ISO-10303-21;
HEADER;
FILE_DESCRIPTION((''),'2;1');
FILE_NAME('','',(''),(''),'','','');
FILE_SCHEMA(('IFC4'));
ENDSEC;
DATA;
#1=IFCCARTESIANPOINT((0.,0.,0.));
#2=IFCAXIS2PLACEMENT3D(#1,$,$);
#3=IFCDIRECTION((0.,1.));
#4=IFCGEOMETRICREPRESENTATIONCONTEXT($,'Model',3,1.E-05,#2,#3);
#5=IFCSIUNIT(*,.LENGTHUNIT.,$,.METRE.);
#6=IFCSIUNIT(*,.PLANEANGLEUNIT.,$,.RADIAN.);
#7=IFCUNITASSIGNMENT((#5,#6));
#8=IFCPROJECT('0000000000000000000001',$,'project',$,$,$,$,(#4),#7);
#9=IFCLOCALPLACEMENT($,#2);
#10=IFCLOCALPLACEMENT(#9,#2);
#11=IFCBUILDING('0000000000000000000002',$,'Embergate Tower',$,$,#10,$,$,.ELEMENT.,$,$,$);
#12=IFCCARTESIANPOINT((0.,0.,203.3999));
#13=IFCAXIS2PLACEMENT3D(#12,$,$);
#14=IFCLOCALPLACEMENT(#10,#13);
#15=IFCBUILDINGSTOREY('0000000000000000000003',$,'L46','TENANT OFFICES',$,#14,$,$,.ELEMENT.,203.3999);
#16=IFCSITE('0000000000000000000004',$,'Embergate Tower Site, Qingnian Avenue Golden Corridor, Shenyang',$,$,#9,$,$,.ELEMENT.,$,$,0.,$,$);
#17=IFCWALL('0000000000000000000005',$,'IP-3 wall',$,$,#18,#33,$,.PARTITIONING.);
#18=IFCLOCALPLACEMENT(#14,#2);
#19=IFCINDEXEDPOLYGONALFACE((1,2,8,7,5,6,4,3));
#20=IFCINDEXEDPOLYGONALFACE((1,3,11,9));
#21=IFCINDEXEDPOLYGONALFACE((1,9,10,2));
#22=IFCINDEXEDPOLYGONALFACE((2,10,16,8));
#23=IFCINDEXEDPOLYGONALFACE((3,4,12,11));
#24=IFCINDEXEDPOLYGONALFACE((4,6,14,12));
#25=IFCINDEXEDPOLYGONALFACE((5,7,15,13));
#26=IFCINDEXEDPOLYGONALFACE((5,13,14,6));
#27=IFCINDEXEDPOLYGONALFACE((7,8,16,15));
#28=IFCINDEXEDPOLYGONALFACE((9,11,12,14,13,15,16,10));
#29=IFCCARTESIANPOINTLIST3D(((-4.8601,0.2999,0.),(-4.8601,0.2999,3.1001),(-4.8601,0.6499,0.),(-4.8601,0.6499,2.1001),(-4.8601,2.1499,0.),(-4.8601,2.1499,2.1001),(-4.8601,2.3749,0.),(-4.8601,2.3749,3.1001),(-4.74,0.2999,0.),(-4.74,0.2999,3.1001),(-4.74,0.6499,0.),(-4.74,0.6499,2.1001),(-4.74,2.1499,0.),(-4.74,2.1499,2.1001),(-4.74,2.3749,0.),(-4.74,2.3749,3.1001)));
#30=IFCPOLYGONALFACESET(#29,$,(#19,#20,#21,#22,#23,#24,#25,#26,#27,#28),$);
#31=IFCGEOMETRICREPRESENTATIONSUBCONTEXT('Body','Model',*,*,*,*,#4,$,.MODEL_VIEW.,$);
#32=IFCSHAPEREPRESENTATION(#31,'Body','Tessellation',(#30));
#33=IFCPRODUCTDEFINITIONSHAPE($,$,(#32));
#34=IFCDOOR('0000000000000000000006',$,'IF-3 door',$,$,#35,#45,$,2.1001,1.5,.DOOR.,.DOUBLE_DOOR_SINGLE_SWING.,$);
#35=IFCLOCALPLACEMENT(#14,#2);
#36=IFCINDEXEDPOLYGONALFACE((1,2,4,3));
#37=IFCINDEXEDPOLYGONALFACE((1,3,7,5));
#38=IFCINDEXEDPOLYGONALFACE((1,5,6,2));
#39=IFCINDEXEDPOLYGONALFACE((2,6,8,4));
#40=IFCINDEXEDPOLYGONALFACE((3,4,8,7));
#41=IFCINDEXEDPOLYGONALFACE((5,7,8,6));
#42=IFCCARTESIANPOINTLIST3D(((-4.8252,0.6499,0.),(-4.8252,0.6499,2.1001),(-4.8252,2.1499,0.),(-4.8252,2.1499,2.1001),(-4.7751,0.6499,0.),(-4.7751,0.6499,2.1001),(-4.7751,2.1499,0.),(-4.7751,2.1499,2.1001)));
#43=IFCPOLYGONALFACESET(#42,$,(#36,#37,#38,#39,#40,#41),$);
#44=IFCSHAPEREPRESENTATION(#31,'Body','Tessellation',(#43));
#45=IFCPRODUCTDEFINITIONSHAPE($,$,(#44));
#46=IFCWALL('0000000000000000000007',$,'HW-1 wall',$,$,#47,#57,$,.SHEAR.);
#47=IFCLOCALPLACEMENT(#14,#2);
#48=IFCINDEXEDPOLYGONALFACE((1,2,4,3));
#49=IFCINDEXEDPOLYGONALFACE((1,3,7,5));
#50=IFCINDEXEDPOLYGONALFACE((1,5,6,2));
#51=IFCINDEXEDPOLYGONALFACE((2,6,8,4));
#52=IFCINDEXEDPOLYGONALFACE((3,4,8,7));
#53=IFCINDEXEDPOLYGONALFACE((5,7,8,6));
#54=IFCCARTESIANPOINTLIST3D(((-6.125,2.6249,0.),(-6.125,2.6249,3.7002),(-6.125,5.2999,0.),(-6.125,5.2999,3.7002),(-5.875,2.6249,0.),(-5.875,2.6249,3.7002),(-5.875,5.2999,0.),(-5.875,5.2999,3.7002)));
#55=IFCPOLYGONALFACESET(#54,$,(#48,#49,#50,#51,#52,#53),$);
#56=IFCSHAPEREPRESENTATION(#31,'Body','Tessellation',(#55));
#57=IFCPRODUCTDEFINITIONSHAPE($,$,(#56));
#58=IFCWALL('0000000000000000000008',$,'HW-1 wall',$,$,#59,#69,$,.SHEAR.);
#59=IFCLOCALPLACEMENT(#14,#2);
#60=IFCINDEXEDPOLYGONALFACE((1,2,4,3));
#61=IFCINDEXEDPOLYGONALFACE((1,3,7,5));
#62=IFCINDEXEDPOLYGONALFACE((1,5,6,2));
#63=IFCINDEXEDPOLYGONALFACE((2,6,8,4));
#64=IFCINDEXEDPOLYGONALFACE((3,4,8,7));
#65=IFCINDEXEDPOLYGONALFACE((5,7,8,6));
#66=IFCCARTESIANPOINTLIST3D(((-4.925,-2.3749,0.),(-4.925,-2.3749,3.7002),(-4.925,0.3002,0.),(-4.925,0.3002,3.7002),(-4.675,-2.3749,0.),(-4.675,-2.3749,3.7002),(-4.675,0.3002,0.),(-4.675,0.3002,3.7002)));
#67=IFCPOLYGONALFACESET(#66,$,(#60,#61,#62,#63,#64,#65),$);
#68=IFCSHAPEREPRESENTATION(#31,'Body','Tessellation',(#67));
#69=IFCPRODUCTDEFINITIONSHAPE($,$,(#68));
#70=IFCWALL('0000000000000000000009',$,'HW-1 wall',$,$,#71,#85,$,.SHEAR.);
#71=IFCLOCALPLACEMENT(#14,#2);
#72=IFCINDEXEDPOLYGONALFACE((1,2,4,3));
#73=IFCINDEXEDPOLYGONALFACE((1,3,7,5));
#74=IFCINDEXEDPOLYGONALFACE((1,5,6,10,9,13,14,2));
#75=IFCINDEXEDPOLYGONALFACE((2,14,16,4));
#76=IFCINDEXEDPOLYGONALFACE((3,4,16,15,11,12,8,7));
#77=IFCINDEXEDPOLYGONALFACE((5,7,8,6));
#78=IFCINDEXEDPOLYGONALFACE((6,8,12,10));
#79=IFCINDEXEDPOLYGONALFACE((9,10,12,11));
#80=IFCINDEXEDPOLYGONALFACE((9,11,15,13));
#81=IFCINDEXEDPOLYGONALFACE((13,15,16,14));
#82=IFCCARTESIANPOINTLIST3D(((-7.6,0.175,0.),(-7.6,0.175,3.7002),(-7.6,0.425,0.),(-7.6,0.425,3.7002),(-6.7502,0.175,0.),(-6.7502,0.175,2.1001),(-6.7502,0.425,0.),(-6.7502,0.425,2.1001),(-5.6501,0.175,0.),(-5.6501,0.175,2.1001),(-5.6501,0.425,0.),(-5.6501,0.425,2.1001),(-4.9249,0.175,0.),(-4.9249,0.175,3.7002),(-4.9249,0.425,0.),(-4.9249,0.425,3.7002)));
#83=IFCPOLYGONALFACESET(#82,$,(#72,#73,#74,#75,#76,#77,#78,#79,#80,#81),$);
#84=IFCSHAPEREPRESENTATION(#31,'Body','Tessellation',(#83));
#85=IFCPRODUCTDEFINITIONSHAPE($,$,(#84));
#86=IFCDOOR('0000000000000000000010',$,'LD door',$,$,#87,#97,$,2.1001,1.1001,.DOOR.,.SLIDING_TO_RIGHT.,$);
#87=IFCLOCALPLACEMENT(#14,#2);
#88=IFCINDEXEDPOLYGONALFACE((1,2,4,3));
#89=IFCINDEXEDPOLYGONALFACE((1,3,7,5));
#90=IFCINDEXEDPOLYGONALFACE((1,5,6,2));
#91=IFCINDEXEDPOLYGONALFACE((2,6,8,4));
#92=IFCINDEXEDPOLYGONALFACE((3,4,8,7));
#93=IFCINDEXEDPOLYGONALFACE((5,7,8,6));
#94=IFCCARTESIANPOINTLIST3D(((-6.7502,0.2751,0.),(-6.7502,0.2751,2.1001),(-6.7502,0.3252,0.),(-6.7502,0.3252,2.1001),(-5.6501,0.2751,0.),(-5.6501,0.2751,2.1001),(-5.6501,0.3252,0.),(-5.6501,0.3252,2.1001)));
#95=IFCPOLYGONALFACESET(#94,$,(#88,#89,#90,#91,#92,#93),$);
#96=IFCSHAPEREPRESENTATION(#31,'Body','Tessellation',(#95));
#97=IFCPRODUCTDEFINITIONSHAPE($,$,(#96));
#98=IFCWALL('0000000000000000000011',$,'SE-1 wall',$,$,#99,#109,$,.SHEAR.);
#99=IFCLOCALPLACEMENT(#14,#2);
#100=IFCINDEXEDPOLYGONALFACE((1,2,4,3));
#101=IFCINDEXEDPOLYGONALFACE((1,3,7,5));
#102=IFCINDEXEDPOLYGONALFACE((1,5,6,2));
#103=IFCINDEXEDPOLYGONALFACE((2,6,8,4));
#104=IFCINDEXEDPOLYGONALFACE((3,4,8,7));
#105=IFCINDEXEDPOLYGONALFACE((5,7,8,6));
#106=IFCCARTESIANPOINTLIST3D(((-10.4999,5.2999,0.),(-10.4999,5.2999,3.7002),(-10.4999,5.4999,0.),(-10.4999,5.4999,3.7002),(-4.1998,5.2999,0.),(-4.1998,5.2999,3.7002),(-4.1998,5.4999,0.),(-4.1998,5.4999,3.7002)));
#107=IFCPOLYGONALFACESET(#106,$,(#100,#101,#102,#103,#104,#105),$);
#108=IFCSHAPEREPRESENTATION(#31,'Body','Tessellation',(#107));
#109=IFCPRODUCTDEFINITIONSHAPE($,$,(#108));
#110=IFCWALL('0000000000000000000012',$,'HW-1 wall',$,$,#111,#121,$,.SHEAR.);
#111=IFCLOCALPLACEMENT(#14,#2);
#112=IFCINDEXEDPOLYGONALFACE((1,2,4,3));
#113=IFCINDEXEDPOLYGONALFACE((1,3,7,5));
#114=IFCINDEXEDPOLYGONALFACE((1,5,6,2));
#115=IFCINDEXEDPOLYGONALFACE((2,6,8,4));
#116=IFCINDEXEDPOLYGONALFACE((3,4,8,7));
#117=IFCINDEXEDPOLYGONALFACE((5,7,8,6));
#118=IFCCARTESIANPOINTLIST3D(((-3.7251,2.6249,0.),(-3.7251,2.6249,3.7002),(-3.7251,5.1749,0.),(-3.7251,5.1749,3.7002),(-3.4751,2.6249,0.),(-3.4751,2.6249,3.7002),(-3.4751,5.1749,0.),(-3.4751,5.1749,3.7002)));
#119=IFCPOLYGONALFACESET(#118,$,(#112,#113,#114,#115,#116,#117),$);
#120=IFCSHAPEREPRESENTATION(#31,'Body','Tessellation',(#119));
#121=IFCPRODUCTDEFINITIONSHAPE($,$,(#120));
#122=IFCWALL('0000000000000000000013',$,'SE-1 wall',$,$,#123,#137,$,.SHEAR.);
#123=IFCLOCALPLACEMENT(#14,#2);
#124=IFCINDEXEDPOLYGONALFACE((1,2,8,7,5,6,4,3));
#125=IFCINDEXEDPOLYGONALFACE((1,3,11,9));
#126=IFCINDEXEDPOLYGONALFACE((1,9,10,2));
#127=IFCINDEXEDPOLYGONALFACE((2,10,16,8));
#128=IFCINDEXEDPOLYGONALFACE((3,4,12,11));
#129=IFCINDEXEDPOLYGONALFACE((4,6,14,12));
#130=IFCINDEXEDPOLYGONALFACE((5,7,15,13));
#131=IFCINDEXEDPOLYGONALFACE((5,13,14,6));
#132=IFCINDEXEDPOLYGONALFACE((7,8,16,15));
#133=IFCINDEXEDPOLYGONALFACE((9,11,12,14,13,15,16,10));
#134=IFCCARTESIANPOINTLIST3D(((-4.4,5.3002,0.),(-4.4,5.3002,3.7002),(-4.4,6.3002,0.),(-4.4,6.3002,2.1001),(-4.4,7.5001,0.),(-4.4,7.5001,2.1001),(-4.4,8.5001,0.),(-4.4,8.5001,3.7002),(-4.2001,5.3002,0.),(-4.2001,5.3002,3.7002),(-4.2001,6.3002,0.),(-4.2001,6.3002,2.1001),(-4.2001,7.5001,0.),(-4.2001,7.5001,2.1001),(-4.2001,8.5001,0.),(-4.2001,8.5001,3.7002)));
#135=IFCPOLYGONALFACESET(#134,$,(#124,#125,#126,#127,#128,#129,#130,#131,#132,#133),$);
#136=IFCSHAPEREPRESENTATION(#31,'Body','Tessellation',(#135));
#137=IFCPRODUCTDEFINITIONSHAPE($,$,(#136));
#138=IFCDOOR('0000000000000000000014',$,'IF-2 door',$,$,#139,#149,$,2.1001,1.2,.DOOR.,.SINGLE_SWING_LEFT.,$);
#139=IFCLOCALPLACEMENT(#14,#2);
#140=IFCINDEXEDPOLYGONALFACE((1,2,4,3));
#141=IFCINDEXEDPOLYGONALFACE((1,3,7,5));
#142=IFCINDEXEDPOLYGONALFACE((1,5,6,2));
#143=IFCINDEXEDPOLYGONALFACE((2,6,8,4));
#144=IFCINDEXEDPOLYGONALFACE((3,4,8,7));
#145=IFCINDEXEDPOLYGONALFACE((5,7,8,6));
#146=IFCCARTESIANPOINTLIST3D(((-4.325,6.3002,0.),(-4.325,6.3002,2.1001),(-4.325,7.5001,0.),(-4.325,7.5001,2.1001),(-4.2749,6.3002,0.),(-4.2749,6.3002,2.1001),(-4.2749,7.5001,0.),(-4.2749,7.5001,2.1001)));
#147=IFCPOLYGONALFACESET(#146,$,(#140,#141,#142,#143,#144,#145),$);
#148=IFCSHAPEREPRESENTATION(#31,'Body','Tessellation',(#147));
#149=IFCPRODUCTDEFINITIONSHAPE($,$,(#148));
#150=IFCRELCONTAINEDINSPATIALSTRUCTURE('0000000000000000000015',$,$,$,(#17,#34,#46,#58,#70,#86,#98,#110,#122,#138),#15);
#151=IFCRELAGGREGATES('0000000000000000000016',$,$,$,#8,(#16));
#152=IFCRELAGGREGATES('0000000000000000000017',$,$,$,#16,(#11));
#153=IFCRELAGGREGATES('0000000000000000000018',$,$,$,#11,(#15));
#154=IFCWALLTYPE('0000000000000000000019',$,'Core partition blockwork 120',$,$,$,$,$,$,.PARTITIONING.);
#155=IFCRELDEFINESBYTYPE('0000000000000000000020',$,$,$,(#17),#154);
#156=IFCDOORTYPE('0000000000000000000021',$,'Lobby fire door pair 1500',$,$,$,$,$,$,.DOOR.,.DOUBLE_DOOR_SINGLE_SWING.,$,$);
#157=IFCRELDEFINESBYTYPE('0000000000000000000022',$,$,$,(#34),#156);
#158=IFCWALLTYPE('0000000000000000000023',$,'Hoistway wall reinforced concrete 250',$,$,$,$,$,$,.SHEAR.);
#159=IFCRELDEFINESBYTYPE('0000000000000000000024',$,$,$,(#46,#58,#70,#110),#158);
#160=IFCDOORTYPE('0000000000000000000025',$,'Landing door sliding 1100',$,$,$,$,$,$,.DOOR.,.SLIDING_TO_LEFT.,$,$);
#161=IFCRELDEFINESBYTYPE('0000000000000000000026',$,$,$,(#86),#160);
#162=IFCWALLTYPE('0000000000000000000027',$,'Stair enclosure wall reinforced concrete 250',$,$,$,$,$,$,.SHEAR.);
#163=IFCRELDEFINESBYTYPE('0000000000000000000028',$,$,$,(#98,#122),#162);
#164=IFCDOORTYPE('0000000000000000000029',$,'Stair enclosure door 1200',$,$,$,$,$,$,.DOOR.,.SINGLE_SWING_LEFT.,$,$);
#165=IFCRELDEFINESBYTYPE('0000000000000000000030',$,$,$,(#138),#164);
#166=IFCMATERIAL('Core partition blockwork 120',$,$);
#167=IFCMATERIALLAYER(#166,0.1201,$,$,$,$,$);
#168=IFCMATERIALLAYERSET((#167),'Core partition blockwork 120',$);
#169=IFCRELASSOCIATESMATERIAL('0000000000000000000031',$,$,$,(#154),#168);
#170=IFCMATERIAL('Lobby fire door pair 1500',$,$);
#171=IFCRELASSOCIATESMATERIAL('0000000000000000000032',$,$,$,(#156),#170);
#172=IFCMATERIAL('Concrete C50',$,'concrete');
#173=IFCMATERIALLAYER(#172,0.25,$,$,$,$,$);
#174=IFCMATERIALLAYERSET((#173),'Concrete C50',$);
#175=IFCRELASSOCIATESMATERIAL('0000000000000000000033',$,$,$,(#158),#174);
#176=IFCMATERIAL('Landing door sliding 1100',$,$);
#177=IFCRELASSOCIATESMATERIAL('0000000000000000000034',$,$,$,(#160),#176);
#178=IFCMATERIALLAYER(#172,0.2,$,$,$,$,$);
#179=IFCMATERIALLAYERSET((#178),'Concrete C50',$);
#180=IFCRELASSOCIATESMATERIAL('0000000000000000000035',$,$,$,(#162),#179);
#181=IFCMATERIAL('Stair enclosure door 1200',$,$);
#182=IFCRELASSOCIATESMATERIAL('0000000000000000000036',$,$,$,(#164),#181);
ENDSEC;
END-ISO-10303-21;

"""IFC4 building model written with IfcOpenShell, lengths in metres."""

from ifc_helpers import new_model, si_unit, direction, frame, frame_2d, origin, place, context, subcontext, project, spatial, rectangle, extrude, source, transform, mapped, material, layer, layer_set, type_object, element, fill, save


model = new_model("IFC4")

# Units and contexts
model_context = context("Model", 3, precision=1e-05, world=origin(), true_north=direction((0.0, 1.0)))
body_context = subcontext(model_context, "Body", "Model", "MODEL_VIEW")
ifc_project = project(units=[si_unit("LENGTHUNIT", "METRE"), si_unit("PLANEANGLEUNIT", "RADIAN")], contexts=[model_context])

# Site, building, storey
site_placement = place(None, origin())
site = spatial("IfcSite", under=ifc_project, at=site_placement, Name="Embergate Tower Site, Qingnian Avenue Golden Corridor, Shenyang", CompositionType="ELEMENT", RefElevation=0.0)
building_placement = place(site_placement, origin())
building = spatial("IfcBuilding", under=site, at=building_placement, Name="Embergate Tower", CompositionType="ELEMENT")
storey_placement = place(building_placement, frame((0.0, 0.0, 203.3999)))
storey = spatial("IfcBuildingStorey", under=building, at=storey_placement, Name="L46", Description="TENANT OFFICES", CompositionType="ELEMENT", Elevation=203.3999)

# Wall, opening, door
ifc_material_1 = material(Name="Core partition blockwork 120")
ifc_layer_1 = layer(ifc_material_1, 0.1201)
ifc_layer_set_1 = layer_set([ifc_layer_1], Name="Core partition blockwork 120")
wall_type_1 = type_object("IfcWallType", Name="Core partition blockwork 120", PredefinedType="PARTITIONING", material=ifc_layer_set_1)
shared_shape_1 = source(origin(), body_context, "Body", "SweptSolid", [
    extrude(rectangle(XDim=2.075, YDim=0.1201, at=frame_2d((1.0376, 0.0))), origin(), (0.0, 0.0, 1.0), 3.1001),
])
wall_1_placement = place(storey_placement, frame((-4.8, 2.375, 0.0), z_axis=(0.0, 0.0, 1.0), x_axis=(0.0, -1.0, 0.0)))
wall_1 = element("IfcWall", 1, at=wall_1_placement, inside=storey, type_object=wall_type_1, Name="IP-3 wall", PredefinedType="PARTITIONING", context=body_context, shape_type="MappedRepresentation", body=[
    mapped(shared_shape_1, transform((0.0, 0.0, 0.0))),
])
shared_shape_2 = source(origin(), body_context, "Body", "SweptSolid", [
    extrude(rectangle(XDim=1.5, YDim=2.1001, at=frame_2d((0.75, 1.05))), frame((0.0, 0.0701, 0.0), z_axis=(0.0, -1.0, 0.0), x_axis=(1.0, 0.0, 0.0)), (0.0, 0.0, 1.0), 0.1401),
])
opening_1_placement = place(wall_1_placement, frame((0.2251, 0.0, 0.0)))
opening_1 = element("IfcOpeningElement", 2, at=opening_1_placement, cuts=wall_1, PredefinedType="OPENING", context=body_context, shape_type="MappedRepresentation", body=[
    mapped(shared_shape_2, transform((0.0, 0.0, 0.0))),
])
ifc_material_2 = material(Name="Lobby fire door pair 1500")
door_type_1 = type_object("IfcDoorType", Name="Lobby fire door pair 1500", OperationType="DOUBLE_DOOR_SINGLE_SWING", PredefinedType="DOOR", material=ifc_material_2)
shared_shape_3 = source(origin(), body_context, "Body", "SweptSolid", [
    extrude(rectangle(XDim=1.5, YDim=2.1001, at=frame_2d((0.75, 1.05))), frame((0.0, 0.0249, 0.0), z_axis=(0.0, -1.0, 0.0), x_axis=(1.0, 0.0, 0.0)), (0.0, 0.0, 1.0), 0.05),
])
door_1_placement = place(opening_1_placement, origin())
door_1 = element("IfcDoor", 3, at=door_1_placement, inside=storey, type_object=door_type_1, Name="IF-3 door", OperationType="DOUBLE_DOOR_SINGLE_SWING", OverallHeight=2.1001, OverallWidth=1.5, PredefinedType="DOOR", context=body_context, shape_type="MappedRepresentation", body=[
    mapped(shared_shape_3, transform((0.0, 0.0, 0.0))),
])
fill(opening_1, door_1)

# Walls
ifc_material_3 = material(Name="Concrete C50", Category="concrete")
ifc_layer_2 = layer(ifc_material_3, 0.25)
ifc_layer_set_2 = layer_set([ifc_layer_2], Name="Concrete C50")
wall_type_2 = type_object("IfcWallType", Name="Hoistway wall reinforced concrete 250", PredefinedType="SHEAR", material=ifc_layer_set_2)
shared_shape_4 = source(origin(), body_context, "Body", "SweptSolid", [
    extrude(rectangle(XDim=2.675, YDim=0.25, at=frame_2d((1.3374, 0.0))), origin(), (0.0, 0.0, 1.0), 3.7002),
])
for number, where, z_axis, x_axis, name in (
    (4, (-6.0, 2.625, 0.0), (0.0, 0.0, 1.0), (0.0, 1.0, 0.0), "HW-1 wall"),
    (5, (-4.8, 0.3, 0.0), (0.0, 0.0, 1.0), (0.0, -1.0, 0.0), "HW-1 wall"),
):
    element("IfcWall", number, at=place(storey_placement, frame(where, z_axis=z_axis, x_axis=x_axis)), inside=storey, type_object=wall_type_2, Name=name, PredefinedType="SHEAR", context=body_context, shape_type="MappedRepresentation", body=[
        mapped(shared_shape_4, transform((0.0, 0.0, 0.0))),
    ])

# Wall, opening, door
wall_2_placement = place(storey_placement, frame((-4.925, 0.3, 0.0), z_axis=(0.0, 0.0, 1.0), x_axis=(-1.0, 0.0, 0.0)))
wall_2 = element("IfcWall", 6, at=wall_2_placement, inside=storey, type_object=wall_type_2, Name="HW-1 wall", PredefinedType="SHEAR", context=body_context, shape_type="MappedRepresentation", body=[
    mapped(shared_shape_4, transform((0.0, 0.0, 0.0))),
])
shared_shape_5 = source(origin(), body_context, "Body", "SweptSolid", [
    extrude(rectangle(XDim=1.1001, YDim=2.1001, at=frame_2d((0.55, 1.05))), frame((0.0, 0.135, 0.0), z_axis=(0.0, -1.0, 0.0), x_axis=(1.0, 0.0, 0.0)), (0.0, 0.0, 1.0), 0.27),
])
opening_2_placement = place(wall_2_placement, frame((0.7251, 0.0, 0.0)))
opening_2 = element("IfcOpeningElement", 7, at=opening_2_placement, cuts=wall_2, PredefinedType="OPENING", context=body_context, shape_type="MappedRepresentation", body=[
    mapped(shared_shape_5, transform((0.0, 0.0, 0.0))),
])
ifc_material_4 = material(Name="Landing door sliding 1100")
door_type_2 = type_object("IfcDoorType", Name="Landing door sliding 1100", OperationType="SLIDING_TO_LEFT", PredefinedType="DOOR", material=ifc_material_4)
shared_shape_6 = source(origin(), body_context, "Body", "SweptSolid", [
    extrude(rectangle(XDim=1.1001, YDim=2.1001, at=frame_2d((0.55, 1.05))), frame((0.0, 0.0249, 0.0), z_axis=(0.0, -1.0, 0.0), x_axis=(1.0, 0.0, 0.0)), (0.0, 0.0, 1.0), 0.05),
])
door_2_placement = place(opening_2_placement, origin())
door_2 = element("IfcDoor", 8, at=door_2_placement, inside=storey, type_object=door_type_2, Name="LD door", OperationType="SLIDING_TO_RIGHT", OverallHeight=2.1001, OverallWidth=1.1001, PredefinedType="DOOR", context=body_context, shape_type="MappedRepresentation", body=[
    mapped(shared_shape_6, transform((0.0, 0.0, 0.0))),
])
fill(opening_2, door_2)

# Walls
ifc_layer_3 = layer(ifc_material_3, 0.2)
ifc_layer_set_3 = layer_set([ifc_layer_3], Name="Concrete C50")
wall_type_3 = type_object("IfcWallType", Name="Stair enclosure wall reinforced concrete 250", PredefinedType="SHEAR", material=ifc_layer_set_3)
shared_shape_7 = source(origin(), body_context, "Body", "SweptSolid", [
    extrude(rectangle(XDim=6.3, YDim=0.2, at=frame_2d((3.1499, 0.0))), origin(), (0.0, 0.0, 1.0), 3.7002),
])
wall_3_placement = place(storey_placement, frame((-4.2, 5.3999, 0.0), z_axis=(0.0, 0.0, 1.0), x_axis=(-1.0, 0.0, 0.0)))
element("IfcWall", 9, at=wall_3_placement, inside=storey, type_object=wall_type_3, Name="SE-1 wall", PredefinedType="SHEAR", context=body_context, shape_type="MappedRepresentation", body=[
    mapped(shared_shape_7, transform((0.0, 0.0, 0.0))),
])
shared_shape_8 = source(origin(), body_context, "Body", "SweptSolid", [
    extrude(rectangle(XDim=2.55, YDim=0.25, at=frame_2d((1.2749, 0.0))), origin(), (0.0, 0.0, 1.0), 3.7002),
])
wall_4_placement = place(storey_placement, frame((-3.6001, 2.625, 0.0), z_axis=(0.0, 0.0, 1.0), x_axis=(0.0, 1.0, 0.0)))
element("IfcWall", 10, at=wall_4_placement, inside=storey, type_object=wall_type_2, Name="HW-1 wall", PredefinedType="SHEAR", context=body_context, shape_type="MappedRepresentation", body=[
    mapped(shared_shape_8, transform((0.0, 0.0, 0.0))),
])

# Wall, opening, door
shared_shape_9 = source(origin(), body_context, "Body", "SweptSolid", [
    extrude(rectangle(XDim=3.2, YDim=0.2, at=frame_2d((1.6001, 0.0))), origin(), (0.0, 0.0, 1.0), 3.7002),
])
wall_5_placement = place(storey_placement, frame((-4.3, 5.3, 0.0), z_axis=(0.0, 0.0, 1.0), x_axis=(0.0, 1.0, 0.0)))
wall_5 = element("IfcWall", 11, at=wall_5_placement, inside=storey, type_object=wall_type_3, Name="SE-1 wall", PredefinedType="SHEAR", context=body_context, shape_type="MappedRepresentation", body=[
    mapped(shared_shape_9, transform((0.0, 0.0, 0.0))),
])
shared_shape_10 = source(origin(), body_context, "Body", "SweptSolid", [
    extrude(rectangle(XDim=1.2, YDim=2.1001, at=frame_2d((0.6001, 1.05))), frame((0.0, 0.1099, 0.0), z_axis=(0.0, -1.0, 0.0), x_axis=(1.0, 0.0, 0.0)), (0.0, 0.0, 1.0), 0.22),
])
opening_3_placement = place(wall_5_placement, frame((1.0, 0.0, 0.0)))
opening_3 = element("IfcOpeningElement", 12, at=opening_3_placement, cuts=wall_5, PredefinedType="OPENING", context=body_context, shape_type="MappedRepresentation", body=[
    mapped(shared_shape_10, transform((0.0, 0.0, 0.0))),
])
ifc_material_5 = material(Name="Stair enclosure door 1200")
door_type_3 = type_object("IfcDoorType", Name="Stair enclosure door 1200", OperationType="SINGLE_SWING_LEFT", PredefinedType="DOOR", material=ifc_material_5)
shared_shape_11 = source(origin(), body_context, "Body", "SweptSolid", [
    extrude(rectangle(XDim=1.2, YDim=2.1001, at=frame_2d((0.6001, 1.05))), frame((0.0, 0.0249, 0.0), z_axis=(0.0, -1.0, 0.0), x_axis=(1.0, 0.0, 0.0)), (0.0, 0.0, 1.0), 0.05),
])
door_3_placement = place(opening_3_placement, origin())
door_3 = element("IfcDoor", 13, at=door_3_placement, inside=storey, type_object=door_type_3, Name="IF-2 door", OperationType="SINGLE_SWING_LEFT", OverallHeight=2.1001, OverallWidth=1.2, PredefinedType="DOOR", context=body_context, shape_type="MappedRepresentation", body=[
    mapped(shared_shape_11, transform((0.0, 0.0, 0.0))),
])
fill(opening_3, door_3)

save(model, "model.ifc")
